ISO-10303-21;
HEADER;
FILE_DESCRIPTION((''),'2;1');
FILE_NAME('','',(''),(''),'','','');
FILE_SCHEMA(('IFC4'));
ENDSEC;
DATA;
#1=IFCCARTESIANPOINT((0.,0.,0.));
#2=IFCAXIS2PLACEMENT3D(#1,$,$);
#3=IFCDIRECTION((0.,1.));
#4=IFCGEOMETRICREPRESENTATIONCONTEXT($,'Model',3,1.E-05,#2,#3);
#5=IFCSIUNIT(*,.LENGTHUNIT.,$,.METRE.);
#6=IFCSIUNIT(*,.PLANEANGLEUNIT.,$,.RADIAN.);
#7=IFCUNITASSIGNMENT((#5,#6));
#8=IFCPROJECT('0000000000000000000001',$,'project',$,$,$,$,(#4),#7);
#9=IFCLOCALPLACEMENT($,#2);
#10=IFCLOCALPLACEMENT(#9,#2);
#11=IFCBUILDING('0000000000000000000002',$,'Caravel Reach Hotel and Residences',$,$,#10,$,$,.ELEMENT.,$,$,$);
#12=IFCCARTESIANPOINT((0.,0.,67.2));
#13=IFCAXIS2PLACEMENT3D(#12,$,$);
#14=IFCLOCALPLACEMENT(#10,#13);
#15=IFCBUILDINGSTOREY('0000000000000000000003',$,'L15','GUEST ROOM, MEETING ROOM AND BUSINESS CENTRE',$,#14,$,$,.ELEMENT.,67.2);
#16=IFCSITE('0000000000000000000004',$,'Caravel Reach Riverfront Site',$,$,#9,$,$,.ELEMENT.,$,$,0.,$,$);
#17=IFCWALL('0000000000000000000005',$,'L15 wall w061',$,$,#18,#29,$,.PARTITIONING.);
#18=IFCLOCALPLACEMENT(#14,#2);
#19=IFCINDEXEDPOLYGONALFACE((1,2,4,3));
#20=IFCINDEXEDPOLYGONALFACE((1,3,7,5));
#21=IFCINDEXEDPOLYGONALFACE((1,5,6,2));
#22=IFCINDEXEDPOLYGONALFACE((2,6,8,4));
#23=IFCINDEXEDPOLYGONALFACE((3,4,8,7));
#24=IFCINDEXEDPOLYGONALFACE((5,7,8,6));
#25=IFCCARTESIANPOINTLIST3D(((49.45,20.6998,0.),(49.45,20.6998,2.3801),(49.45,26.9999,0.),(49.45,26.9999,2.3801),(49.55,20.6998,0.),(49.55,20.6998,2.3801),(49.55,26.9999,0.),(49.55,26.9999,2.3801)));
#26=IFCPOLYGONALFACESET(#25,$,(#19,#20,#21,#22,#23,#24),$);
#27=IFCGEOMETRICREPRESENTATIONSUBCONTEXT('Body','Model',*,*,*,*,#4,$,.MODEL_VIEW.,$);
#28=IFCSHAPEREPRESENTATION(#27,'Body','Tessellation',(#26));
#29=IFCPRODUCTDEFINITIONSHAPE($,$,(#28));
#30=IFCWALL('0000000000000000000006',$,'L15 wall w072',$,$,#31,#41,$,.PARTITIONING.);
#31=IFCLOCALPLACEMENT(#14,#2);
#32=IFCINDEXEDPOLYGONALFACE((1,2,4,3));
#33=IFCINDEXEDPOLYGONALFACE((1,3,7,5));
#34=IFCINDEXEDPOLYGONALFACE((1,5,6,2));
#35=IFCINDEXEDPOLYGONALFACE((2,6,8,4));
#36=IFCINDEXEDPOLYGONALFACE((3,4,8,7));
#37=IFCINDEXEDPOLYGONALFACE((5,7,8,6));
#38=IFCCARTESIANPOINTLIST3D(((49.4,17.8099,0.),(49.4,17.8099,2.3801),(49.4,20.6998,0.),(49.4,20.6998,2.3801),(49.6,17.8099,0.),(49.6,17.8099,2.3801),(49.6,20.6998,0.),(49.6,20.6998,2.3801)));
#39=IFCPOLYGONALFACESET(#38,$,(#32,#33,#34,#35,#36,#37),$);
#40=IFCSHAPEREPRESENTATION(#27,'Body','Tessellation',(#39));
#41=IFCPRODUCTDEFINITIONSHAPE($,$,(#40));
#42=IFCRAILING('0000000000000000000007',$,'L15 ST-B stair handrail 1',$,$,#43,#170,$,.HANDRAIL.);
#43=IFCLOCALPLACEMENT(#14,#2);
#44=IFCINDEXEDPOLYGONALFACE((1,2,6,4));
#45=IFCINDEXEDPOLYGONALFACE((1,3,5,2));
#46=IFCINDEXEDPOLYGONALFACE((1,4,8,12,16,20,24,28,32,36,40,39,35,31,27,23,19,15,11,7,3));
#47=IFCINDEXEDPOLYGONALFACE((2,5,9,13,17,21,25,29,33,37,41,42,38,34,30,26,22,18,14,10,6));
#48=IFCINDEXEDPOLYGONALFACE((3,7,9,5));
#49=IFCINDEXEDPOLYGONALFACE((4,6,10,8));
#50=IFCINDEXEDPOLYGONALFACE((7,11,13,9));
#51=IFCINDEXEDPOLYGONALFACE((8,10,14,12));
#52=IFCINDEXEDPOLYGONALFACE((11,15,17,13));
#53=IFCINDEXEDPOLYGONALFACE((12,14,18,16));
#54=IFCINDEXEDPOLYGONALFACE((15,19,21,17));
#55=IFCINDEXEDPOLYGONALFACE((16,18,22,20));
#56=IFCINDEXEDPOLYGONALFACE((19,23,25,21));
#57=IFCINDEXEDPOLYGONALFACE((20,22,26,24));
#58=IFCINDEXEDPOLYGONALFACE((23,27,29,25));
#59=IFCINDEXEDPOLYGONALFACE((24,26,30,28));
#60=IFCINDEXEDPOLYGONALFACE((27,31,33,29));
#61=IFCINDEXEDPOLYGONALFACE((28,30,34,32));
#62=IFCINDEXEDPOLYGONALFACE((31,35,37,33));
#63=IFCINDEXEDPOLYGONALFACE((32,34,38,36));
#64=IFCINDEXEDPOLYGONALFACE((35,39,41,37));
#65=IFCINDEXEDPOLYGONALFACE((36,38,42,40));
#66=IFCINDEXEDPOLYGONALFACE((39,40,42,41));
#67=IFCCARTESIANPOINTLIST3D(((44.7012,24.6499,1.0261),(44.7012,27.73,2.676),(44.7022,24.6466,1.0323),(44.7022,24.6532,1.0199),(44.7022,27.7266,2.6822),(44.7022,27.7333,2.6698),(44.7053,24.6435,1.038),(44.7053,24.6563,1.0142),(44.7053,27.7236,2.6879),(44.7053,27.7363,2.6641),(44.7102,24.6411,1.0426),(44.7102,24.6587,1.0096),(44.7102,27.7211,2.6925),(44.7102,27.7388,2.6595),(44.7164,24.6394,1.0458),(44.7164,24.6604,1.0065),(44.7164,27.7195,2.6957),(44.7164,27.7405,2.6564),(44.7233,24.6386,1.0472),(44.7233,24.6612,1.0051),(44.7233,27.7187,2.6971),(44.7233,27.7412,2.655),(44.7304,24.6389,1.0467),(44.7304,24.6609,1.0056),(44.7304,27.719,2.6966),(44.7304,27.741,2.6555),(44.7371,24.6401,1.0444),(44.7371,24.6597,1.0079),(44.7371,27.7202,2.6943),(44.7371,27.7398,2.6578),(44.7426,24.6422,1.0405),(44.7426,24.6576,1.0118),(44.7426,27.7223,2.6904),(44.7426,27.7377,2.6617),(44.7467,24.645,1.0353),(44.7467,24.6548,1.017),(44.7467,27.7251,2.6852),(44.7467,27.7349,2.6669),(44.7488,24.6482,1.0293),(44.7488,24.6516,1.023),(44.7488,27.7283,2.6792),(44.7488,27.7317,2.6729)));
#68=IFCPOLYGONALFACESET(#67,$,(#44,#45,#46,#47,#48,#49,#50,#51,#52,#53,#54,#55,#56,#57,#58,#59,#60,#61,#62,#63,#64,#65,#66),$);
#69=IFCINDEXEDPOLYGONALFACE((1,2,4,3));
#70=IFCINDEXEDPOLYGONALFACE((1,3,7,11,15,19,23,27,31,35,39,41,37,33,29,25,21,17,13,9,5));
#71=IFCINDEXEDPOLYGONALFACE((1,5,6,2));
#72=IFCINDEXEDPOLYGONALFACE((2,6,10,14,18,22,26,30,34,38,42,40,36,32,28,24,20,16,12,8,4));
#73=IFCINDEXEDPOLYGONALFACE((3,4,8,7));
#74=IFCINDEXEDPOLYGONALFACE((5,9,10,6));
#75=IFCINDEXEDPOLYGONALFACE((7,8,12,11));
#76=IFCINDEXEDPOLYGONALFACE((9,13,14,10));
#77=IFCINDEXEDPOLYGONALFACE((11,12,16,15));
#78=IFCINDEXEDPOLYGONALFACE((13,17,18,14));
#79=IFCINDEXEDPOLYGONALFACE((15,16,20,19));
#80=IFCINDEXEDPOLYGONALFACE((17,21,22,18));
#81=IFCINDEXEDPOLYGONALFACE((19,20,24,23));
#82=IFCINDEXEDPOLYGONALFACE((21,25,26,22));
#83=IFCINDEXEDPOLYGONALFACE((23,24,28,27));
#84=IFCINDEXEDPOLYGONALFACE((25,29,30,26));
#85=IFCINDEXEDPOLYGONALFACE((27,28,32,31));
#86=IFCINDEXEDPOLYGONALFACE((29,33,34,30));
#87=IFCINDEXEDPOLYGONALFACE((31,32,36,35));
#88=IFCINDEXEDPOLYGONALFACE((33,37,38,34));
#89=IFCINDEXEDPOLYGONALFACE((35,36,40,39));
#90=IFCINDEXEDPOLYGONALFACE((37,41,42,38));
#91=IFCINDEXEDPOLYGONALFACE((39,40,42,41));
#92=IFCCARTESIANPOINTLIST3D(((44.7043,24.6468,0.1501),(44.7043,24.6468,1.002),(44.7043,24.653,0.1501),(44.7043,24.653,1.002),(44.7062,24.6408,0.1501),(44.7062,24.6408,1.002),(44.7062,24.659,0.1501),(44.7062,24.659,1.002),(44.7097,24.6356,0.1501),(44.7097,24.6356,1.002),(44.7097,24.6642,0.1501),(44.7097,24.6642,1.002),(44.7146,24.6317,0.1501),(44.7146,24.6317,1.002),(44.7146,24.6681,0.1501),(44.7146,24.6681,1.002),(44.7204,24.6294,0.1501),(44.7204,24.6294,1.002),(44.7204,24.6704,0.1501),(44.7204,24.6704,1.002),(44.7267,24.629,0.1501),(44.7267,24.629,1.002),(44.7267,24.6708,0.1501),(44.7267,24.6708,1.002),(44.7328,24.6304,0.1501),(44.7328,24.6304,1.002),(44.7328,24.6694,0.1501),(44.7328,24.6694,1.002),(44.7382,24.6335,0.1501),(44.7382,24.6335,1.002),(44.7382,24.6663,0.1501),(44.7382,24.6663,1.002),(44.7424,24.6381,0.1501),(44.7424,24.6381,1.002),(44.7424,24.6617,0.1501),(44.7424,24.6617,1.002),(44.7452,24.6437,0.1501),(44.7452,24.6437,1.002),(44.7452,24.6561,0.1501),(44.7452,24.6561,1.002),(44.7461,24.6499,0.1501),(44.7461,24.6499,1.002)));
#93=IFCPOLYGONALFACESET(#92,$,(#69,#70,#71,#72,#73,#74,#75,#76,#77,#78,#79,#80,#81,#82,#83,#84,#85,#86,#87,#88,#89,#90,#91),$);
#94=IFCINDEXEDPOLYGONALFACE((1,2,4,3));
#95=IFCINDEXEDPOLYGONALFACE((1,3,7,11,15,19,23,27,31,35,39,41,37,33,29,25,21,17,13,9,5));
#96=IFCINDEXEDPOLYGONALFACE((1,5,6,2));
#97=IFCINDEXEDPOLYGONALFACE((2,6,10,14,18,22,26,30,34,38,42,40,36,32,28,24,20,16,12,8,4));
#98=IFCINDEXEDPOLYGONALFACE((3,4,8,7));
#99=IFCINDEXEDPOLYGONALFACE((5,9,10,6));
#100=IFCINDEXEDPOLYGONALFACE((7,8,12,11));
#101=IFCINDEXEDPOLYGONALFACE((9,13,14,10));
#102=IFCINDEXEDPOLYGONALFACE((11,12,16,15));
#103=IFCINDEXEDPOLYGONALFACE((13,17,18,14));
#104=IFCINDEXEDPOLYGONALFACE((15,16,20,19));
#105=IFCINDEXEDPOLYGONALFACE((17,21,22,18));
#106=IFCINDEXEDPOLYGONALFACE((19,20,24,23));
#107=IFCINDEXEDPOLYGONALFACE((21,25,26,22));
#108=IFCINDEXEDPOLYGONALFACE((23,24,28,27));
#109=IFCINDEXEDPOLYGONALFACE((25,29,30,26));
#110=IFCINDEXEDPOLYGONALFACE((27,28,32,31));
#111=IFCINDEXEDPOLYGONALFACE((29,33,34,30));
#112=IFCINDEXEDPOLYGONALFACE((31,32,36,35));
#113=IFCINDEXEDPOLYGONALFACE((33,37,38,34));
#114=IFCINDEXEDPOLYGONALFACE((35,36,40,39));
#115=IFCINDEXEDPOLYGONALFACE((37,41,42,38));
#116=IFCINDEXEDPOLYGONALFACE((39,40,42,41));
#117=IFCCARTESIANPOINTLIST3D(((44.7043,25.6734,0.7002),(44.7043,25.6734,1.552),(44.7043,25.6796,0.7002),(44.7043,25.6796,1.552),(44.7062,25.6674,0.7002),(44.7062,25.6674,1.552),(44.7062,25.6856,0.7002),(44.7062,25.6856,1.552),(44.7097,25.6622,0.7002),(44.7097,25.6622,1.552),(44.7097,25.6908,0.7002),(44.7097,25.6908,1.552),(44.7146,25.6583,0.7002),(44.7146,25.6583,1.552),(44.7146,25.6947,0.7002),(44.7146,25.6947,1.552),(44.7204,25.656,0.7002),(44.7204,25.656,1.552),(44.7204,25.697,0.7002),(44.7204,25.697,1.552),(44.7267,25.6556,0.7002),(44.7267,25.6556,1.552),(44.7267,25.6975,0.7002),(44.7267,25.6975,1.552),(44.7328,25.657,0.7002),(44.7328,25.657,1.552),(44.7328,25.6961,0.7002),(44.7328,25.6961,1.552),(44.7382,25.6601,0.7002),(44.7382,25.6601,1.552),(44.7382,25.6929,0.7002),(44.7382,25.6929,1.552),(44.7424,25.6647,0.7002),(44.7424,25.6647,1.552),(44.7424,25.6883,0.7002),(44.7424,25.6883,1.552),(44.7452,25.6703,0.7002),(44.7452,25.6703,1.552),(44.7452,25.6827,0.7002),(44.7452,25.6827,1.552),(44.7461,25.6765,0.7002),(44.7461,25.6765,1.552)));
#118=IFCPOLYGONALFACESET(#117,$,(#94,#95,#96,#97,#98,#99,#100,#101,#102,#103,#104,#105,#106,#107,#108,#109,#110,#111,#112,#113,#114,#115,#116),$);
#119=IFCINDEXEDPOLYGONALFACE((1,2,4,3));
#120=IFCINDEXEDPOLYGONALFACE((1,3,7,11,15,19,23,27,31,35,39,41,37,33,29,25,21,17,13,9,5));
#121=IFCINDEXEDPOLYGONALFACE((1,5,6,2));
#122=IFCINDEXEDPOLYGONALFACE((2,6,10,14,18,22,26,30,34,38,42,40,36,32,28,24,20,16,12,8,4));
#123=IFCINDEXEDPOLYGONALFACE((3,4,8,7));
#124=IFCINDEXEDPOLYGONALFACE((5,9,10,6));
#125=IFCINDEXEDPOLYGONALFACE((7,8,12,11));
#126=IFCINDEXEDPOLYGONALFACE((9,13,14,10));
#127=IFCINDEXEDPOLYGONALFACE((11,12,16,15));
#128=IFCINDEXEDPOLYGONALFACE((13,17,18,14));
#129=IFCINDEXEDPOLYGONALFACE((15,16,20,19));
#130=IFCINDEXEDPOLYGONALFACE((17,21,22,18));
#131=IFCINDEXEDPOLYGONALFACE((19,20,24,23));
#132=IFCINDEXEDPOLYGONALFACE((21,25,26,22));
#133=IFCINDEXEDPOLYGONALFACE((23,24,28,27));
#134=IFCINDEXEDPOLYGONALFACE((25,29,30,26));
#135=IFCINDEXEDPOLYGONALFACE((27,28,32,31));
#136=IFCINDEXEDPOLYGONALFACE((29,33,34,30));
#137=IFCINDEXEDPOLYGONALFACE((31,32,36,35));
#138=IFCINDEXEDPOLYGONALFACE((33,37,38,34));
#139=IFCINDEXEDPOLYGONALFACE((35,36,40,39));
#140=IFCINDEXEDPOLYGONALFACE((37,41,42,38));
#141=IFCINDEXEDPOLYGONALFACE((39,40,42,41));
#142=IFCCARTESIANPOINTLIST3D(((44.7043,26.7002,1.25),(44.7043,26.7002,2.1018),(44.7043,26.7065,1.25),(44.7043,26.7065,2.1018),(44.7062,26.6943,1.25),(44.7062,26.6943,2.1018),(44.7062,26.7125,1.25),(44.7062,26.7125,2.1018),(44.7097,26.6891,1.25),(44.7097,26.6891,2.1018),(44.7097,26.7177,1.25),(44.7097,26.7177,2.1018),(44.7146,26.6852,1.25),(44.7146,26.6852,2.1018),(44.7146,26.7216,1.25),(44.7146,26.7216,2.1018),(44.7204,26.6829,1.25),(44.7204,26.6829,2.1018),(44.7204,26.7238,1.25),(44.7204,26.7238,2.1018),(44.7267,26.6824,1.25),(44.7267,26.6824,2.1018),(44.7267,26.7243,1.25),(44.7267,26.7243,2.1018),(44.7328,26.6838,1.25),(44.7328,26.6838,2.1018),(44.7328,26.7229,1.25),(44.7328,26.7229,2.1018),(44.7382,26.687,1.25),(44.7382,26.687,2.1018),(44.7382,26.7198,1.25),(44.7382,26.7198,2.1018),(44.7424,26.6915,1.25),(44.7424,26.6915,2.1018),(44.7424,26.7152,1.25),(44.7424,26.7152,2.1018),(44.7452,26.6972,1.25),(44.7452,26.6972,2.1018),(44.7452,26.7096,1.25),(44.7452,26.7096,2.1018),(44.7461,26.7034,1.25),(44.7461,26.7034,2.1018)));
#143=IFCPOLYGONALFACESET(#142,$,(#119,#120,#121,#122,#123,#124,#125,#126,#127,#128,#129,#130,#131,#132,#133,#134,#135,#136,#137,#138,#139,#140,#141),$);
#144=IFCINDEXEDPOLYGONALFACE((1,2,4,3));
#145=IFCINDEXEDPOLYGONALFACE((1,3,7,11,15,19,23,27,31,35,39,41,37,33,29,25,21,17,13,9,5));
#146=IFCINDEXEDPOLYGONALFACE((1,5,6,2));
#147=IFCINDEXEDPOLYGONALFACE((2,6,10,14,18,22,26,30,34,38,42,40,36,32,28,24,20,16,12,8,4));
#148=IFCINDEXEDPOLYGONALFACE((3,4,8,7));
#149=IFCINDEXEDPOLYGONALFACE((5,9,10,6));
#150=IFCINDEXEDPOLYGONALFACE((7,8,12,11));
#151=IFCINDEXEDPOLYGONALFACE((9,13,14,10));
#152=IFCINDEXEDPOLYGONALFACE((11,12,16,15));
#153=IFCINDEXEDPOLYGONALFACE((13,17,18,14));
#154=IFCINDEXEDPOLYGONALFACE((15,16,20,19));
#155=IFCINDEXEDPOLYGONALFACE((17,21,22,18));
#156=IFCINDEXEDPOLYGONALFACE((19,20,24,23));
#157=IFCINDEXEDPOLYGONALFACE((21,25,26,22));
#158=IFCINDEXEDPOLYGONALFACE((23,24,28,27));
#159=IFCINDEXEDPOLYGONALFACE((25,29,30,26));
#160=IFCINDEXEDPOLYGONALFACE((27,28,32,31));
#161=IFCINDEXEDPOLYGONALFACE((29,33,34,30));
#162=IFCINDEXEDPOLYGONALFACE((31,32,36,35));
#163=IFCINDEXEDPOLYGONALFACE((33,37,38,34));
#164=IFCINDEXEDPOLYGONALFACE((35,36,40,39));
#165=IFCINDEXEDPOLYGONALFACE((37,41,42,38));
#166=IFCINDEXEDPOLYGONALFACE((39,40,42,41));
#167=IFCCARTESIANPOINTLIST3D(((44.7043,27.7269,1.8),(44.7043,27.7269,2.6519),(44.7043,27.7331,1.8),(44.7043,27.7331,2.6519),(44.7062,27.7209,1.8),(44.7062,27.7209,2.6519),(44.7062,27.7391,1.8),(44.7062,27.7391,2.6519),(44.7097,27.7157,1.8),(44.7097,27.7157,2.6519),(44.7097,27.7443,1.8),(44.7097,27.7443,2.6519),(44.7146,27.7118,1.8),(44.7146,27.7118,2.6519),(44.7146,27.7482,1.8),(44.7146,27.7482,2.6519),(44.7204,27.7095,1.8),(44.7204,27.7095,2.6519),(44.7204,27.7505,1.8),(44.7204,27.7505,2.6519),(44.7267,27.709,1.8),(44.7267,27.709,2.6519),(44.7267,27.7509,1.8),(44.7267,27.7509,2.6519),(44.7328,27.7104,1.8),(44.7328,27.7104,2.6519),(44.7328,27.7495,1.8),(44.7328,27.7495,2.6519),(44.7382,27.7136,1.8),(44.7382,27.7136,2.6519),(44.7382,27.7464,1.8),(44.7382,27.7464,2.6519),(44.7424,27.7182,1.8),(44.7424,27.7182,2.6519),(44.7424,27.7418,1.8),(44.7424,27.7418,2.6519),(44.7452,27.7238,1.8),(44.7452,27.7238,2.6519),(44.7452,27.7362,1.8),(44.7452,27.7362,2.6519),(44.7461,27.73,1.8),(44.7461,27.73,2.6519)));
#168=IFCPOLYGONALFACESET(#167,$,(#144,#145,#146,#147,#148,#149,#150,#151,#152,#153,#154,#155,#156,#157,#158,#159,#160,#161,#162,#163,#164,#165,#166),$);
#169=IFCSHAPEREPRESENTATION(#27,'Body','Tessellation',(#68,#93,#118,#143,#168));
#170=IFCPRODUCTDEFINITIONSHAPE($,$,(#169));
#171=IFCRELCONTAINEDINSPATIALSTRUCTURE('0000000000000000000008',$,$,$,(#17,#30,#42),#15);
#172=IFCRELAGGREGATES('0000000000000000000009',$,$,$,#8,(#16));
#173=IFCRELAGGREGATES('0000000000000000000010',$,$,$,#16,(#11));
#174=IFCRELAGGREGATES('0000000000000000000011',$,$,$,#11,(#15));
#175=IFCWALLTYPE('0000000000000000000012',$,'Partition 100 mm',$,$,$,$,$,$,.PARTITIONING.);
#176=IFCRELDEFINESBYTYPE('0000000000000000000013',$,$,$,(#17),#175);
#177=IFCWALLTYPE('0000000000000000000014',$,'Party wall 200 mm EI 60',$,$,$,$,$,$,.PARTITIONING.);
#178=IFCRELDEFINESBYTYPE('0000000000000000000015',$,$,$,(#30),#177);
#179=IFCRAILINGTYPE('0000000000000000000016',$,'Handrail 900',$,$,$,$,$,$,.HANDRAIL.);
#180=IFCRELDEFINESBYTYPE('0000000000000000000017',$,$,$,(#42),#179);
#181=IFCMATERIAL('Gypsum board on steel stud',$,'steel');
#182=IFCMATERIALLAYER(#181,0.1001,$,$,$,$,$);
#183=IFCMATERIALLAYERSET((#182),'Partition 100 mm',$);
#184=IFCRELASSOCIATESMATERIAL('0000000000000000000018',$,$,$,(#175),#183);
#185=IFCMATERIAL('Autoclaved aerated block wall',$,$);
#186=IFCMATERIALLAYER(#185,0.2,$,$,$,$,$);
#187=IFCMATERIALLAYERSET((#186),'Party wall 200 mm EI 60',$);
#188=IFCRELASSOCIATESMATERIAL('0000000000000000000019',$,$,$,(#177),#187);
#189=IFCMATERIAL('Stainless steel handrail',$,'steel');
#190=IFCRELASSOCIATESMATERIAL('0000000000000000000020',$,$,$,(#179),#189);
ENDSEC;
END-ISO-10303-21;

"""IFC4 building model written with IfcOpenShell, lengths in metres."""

from ifc_helpers import new_model, si_unit, direction, frame, frame_2d, origin, origin_2d, place, context, subcontext, project, spatial, rectangle, circle, extrude, material, layer, layer_set, type_object, element, save


model = new_model("IFC4")

# Units and contexts
model_context = context("Model", 3, precision=1e-05, world=origin(), true_north=direction((0.0, 1.0)))
body_context = subcontext(model_context, "Body", "Model", "MODEL_VIEW")
ifc_project = project(units=[si_unit("LENGTHUNIT", "METRE"), si_unit("PLANEANGLEUNIT", "RADIAN")], contexts=[model_context])

# Site, building, storey
site_placement = place(None, origin())
site = spatial("IfcSite", under=ifc_project, at=site_placement, Name="Caravel Reach Riverfront Site", CompositionType="ELEMENT", RefElevation=0.0)
building_placement = place(site_placement, origin())
building = spatial("IfcBuilding", under=site, at=building_placement, Name="Caravel Reach Hotel and Residences", CompositionType="ELEMENT")
storey_placement = place(building_placement, frame((0.0, 0.0, 67.2)))
storey = spatial("IfcBuildingStorey", under=building, at=storey_placement, Name="L15", Description="GUEST ROOM, MEETING ROOM AND BUSINESS CENTRE", CompositionType="ELEMENT", Elevation=67.2)

# Walls
ifc_material_1 = material(Name="Gypsum board on steel stud", Category="steel")
ifc_layer_1 = layer(ifc_material_1, 0.1001)
ifc_layer_set_1 = layer_set([ifc_layer_1], Name="Partition 100 mm")
wall_type_1 = type_object("IfcWallType", Name="Partition 100 mm", PredefinedType="PARTITIONING", material=ifc_layer_set_1)
wall_1_placement = place(storey_placement, frame((49.5, 20.7, 0.0), z_axis=(0.0, 0.0, 1.0), x_axis=(0.0, 1.0, 0.0)))
element("IfcWall", 1, at=wall_1_placement, inside=storey, type_object=wall_type_1, Name="L15 wall w061", PredefinedType="PARTITIONING", context=body_context, shape_type="SweptSolid", body=[
    extrude(rectangle(XDim=6.3, YDim=0.1001, at=frame_2d((3.1499, 0.0))), origin(), (0.0, 0.0, 1.0), 2.3801),
])
ifc_material_2 = material(Name="Autoclaved aerated block wall")
ifc_layer_2 = layer(ifc_material_2, 0.2)
ifc_layer_set_2 = layer_set([ifc_layer_2], Name="Party wall 200 mm EI 60")
wall_type_2 = type_object("IfcWallType", Name="Party wall 200 mm EI 60", PredefinedType="PARTITIONING", material=ifc_layer_set_2)
wall_2_placement = place(storey_placement, frame((49.5, 17.8101, 0.0), z_axis=(0.0, 0.0, 1.0), x_axis=(0.0, 1.0, 0.0)))
element("IfcWall", 2, at=wall_2_placement, inside=storey, type_object=wall_type_2, Name="L15 wall w072", PredefinedType="PARTITIONING", context=body_context, shape_type="SweptSolid", body=[
    extrude(rectangle(XDim=2.8899, YDim=0.2, at=frame_2d((1.4448, 0.0))), origin(), (0.0, 0.0, 1.0), 2.3801),
])

# Railing
ifc_material_3 = material(Name="Stainless steel handrail", Category="steel")
railing_type = type_object("IfcRailingType", Name="Handrail 900", PredefinedType="HANDRAIL", material=ifc_material_3)
railing_placement = place(storey_placement, frame((44.7251, 24.6499, 0.1501)))
element("IfcRailing", 3, at=railing_placement, inside=storey, type_object=railing_type, Name="L15 ST-B stair handrail 1", PredefinedType="HANDRAIL", context=body_context, shape_type="SweptSolid", body=[
    extrude(circle(Radius=0.0239, at=origin_2d()), frame((0.0, 0.0, 0.876), z_axis=(0.0, 0.881497, 0.47219), x_axis=(-1.0, 0.0, 0.0)), (0.0, 0.0, 1.0), 3.4941),
    extrude(circle(Radius=0.021, at=origin_2d()), origin(), (0.0, 0.0, 1.0), 0.8518),
    extrude(circle(Radius=0.021, at=origin_2d()), frame((0.0, 1.0266, 0.55)), (0.0, 0.0, 1.0), 0.8518),
    extrude(circle(Radius=0.021, at=origin_2d()), frame((0.0, 2.0535, 1.0999)), (0.0, 0.0, 1.0), 0.8518),
    extrude(circle(Radius=0.021, at=origin_2d()), frame((0.0, 3.0801, 1.6499)), (0.0, 0.0, 1.0), 0.8518),
])

save(model, "model.ifc")
